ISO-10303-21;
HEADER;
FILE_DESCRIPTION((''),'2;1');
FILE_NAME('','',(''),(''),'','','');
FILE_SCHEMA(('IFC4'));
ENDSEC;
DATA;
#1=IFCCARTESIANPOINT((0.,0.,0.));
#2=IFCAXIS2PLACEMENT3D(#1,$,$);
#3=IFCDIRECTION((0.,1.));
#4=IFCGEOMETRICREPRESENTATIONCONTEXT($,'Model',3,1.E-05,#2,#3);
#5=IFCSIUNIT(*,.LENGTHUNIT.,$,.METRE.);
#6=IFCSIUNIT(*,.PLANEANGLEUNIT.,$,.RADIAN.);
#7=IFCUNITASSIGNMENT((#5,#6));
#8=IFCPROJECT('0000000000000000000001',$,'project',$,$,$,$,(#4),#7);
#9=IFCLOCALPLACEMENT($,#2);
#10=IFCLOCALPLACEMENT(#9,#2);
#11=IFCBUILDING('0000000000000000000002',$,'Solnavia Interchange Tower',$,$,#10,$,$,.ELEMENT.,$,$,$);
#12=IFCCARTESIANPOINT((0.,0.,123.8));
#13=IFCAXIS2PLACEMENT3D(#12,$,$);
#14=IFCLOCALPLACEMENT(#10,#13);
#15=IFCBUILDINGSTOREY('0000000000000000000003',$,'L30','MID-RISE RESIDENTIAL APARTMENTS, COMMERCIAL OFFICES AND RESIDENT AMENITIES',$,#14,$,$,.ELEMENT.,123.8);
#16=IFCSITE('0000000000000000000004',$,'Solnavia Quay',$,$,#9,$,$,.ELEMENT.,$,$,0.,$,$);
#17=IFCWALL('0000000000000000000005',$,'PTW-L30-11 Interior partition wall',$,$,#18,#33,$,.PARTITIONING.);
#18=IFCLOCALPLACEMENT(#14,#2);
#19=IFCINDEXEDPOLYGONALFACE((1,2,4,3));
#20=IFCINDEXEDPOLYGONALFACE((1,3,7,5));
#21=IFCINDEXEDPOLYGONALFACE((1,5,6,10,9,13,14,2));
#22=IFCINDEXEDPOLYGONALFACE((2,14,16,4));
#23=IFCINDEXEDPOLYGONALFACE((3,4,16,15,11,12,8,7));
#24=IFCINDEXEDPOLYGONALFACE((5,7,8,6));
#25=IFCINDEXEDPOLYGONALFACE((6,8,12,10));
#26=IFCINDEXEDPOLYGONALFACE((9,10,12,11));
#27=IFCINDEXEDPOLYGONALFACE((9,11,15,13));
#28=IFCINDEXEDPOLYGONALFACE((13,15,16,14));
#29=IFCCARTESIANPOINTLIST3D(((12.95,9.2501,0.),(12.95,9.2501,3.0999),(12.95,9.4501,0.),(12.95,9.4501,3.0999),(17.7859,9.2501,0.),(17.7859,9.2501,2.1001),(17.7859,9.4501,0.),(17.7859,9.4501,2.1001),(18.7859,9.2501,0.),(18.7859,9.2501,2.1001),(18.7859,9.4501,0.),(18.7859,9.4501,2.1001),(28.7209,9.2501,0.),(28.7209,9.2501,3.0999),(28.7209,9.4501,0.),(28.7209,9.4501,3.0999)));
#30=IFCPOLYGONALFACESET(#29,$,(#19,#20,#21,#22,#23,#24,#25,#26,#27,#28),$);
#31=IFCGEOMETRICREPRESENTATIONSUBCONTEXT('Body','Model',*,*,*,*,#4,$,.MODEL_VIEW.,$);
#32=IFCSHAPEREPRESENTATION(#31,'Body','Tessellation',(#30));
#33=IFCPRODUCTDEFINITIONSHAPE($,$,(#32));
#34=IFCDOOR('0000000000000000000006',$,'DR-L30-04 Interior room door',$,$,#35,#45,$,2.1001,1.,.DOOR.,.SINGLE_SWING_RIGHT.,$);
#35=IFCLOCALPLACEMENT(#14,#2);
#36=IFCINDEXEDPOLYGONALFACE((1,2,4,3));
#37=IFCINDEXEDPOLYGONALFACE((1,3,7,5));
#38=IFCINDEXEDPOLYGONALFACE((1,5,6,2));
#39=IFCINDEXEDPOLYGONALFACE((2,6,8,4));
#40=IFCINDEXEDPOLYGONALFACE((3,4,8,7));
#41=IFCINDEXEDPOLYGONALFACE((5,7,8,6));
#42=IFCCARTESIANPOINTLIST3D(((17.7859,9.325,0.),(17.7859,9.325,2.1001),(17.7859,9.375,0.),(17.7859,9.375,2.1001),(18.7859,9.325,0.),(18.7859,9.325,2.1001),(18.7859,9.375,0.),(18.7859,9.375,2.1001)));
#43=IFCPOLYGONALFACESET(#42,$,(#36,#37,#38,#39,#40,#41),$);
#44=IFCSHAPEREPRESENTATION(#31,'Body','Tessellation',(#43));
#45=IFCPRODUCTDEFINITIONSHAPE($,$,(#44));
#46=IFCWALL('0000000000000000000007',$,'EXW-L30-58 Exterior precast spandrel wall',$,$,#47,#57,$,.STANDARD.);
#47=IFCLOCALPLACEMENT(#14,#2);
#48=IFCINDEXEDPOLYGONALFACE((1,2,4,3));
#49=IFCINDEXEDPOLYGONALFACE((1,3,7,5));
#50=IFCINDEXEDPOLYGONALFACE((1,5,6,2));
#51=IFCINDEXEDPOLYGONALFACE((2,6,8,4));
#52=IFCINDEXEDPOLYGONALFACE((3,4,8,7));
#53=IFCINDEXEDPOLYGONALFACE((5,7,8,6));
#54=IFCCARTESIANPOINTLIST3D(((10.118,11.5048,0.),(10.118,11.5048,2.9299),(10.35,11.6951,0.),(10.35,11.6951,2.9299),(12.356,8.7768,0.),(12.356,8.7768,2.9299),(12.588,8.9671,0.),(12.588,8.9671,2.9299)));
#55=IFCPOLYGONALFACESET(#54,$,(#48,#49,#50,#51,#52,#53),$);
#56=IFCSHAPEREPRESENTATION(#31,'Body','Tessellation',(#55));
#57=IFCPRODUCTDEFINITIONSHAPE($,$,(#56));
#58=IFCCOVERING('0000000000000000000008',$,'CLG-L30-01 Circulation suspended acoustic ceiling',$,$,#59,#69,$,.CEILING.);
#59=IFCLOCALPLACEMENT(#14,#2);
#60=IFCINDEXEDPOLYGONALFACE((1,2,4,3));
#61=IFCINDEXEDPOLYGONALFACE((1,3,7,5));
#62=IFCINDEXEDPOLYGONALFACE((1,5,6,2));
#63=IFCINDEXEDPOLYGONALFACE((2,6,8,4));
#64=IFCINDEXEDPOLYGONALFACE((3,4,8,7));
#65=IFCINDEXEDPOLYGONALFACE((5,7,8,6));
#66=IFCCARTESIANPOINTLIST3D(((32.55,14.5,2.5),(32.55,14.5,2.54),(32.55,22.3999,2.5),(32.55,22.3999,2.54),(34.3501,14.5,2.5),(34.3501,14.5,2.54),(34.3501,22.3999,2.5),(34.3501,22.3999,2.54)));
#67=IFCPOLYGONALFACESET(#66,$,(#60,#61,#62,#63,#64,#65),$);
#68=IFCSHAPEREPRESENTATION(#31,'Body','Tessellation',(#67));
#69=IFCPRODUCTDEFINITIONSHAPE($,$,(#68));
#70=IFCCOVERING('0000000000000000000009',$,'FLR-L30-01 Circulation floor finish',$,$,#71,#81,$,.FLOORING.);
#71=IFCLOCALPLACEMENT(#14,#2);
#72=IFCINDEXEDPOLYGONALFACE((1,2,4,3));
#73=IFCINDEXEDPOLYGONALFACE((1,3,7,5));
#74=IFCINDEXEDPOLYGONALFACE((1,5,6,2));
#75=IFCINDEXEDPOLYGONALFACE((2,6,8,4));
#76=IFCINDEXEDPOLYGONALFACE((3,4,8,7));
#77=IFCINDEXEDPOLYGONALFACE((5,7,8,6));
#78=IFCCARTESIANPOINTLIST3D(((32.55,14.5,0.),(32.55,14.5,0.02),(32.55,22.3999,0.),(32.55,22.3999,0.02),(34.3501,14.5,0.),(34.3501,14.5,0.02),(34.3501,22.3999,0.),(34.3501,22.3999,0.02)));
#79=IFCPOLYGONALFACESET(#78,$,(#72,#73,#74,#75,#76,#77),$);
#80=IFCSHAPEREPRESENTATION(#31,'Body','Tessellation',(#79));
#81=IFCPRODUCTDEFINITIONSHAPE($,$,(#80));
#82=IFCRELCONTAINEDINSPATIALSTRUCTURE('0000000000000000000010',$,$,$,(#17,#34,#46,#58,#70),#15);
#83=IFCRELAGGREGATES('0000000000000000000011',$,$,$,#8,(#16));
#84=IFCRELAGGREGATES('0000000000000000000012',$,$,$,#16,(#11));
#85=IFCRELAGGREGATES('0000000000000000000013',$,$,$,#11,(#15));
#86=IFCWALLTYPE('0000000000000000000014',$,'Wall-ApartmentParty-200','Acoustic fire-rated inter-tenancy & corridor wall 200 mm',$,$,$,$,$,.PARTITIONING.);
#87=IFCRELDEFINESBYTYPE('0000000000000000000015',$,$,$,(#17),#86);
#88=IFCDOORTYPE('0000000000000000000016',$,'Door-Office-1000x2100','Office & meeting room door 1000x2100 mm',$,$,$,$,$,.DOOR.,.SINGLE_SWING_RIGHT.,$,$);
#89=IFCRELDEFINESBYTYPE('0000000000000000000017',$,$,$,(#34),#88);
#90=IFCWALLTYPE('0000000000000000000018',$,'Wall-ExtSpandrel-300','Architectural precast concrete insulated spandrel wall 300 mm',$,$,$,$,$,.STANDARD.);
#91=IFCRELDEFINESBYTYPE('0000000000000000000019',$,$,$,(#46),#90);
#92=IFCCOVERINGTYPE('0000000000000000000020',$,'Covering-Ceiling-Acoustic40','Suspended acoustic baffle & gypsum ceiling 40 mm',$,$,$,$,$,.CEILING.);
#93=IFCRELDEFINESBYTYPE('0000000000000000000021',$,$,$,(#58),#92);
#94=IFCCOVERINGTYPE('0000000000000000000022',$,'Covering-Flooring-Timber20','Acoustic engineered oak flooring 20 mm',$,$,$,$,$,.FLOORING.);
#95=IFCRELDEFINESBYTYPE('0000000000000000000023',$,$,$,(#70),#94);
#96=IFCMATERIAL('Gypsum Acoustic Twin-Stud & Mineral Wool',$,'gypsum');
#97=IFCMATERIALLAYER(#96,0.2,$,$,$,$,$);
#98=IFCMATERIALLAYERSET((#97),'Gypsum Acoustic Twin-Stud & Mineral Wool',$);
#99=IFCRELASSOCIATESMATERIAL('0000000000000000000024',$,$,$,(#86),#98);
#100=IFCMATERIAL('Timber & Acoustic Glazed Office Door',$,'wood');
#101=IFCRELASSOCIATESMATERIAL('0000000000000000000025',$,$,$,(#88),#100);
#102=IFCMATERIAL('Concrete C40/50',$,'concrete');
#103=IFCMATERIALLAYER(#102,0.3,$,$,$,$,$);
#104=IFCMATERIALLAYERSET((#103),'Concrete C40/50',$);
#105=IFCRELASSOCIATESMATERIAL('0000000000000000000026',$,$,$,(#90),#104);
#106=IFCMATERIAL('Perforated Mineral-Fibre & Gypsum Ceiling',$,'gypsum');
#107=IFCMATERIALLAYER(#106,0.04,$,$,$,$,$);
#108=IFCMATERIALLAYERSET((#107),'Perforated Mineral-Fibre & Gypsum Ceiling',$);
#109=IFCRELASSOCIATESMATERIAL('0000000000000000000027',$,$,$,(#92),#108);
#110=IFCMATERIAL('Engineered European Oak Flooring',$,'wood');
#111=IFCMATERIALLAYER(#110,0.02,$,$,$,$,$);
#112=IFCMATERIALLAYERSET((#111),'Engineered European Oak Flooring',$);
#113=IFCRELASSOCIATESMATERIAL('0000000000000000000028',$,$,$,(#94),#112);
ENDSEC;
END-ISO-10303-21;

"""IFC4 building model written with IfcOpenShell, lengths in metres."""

from ifc_helpers import new_model, si_unit, direction, frame, frame_2d, origin, place, context, subcontext, project, spatial, polyline, rectangle, outline, extrude, material, layer, layer_set, type_object, element, fill, save


model = new_model("IFC4")

# Units and contexts
model_context = context("Model", 3, precision=1e-05, world=origin(), true_north=direction((0.0, 1.0)))
body_context = subcontext(model_context, "Body", "Model", "MODEL_VIEW")
ifc_project = project(units=[si_unit("LENGTHUNIT", "METRE"), si_unit("PLANEANGLEUNIT", "RADIAN")], contexts=[model_context])

# Site, building, storey
site_placement = place(None, origin())
site = spatial("IfcSite", under=ifc_project, at=site_placement, Name="Solnavia Quay", CompositionType="ELEMENT", RefElevation=0.0)
building_placement = place(site_placement, origin())
building = spatial("IfcBuilding", under=site, at=building_placement, Name="Solnavia Interchange Tower", CompositionType="ELEMENT")
storey_placement = place(building_placement, frame((0.0, 0.0, 123.8)))
storey = spatial("IfcBuildingStorey", under=building, at=storey_placement, Name="L30", Description="MID-RISE RESIDENTIAL APARTMENTS, COMMERCIAL OFFICES AND RESIDENT AMENITIES", CompositionType="ELEMENT", Elevation=123.8)

# Shared definitions
ifc_material_1 = material(Name="Concrete C40/50", Category="concrete")

# Shared definitions
ifc_material_2 = material(Name="Gypsum Acoustic Twin-Stud & Mineral Wool", Category="gypsum")
ifc_layer_1 = layer(ifc_material_2, 0.2)
ifc_layer_set_1 = layer_set([ifc_layer_1], Name="Gypsum Acoustic Twin-Stud & Mineral Wool")
wall_type_1 = type_object("IfcWallType", Name="Wall-ApartmentParty-200", Description="Acoustic fire-rated inter-tenancy & corridor wall 200 mm", PredefinedType="PARTITIONING", material=ifc_layer_set_1)

# Wall, opening, door
ifc_material_3 = material(Name="Timber & Acoustic Glazed Office Door", Category="wood")
door_type = type_object("IfcDoorType", Name="Door-Office-1000x2100", Description="Office & meeting room door 1000x2100 mm", OperationType="SINGLE_SWING_RIGHT", PredefinedType="DOOR", material=ifc_material_3)
wall_1_placement = place(storey_placement, frame((12.95, 9.3501, 0.0), z_axis=(0.0, 0.0, 1.0), x_axis=(1.0, 0.0, 0.0)))
wall_1 = element("IfcWall", 1, at=wall_1_placement, inside=storey, type_object=wall_type_1, Name="PTW-L30-11 Interior partition wall", PredefinedType="PARTITIONING", context=body_context, shape_type="SweptSolid", body=[
    extrude(rectangle(XDim=15.771, YDim=0.2, at=frame_2d((7.8855, 0.0))), origin(), (0.0, 0.0, 1.0), 3.0999),
])
opening_1_placement = place(wall_1_placement, frame((4.8359, 0.0, 0.0)))
opening_1 = element("IfcOpeningElement", 2, at=opening_1_placement, cuts=wall_1, PredefinedType="OPENING", context=body_context, shape_type="SweptSolid", body=[
    extrude(rectangle(XDim=1.0, YDim=2.1001, at=frame_2d((0.5, 1.05))), frame((0.0, 0.1099, 0.0), z_axis=(0.0, -1.0, 0.0), x_axis=(1.0, 0.0, 0.0)), (0.0, 0.0, 1.0), 0.22),
])
door_1_placement = place(opening_1_placement, origin())
door_1 = element("IfcDoor", 3, at=door_1_placement, inside=storey, type_object=door_type, Name="DR-L30-04 Interior room door", OperationType="SINGLE_SWING_RIGHT", OverallHeight=2.1001, OverallWidth=1.0, PredefinedType="DOOR", context=body_context, shape_type="SweptSolid", body=[
    extrude(rectangle(XDim=1.0, YDim=2.1001, at=frame_2d((0.5, 1.05))), frame((0.0, 0.0249, 0.0), z_axis=(0.0, -1.0, 0.0), x_axis=(1.0, 0.0, 0.0)), (0.0, 0.0, 1.0), 0.05),
])
fill(opening_1, door_1)

# Wall
ifc_layer_2 = layer(ifc_material_1, 0.3)
ifc_layer_set_2 = layer_set([ifc_layer_2], Name="Concrete C40/50")
wall_type_2 = type_object("IfcWallType", Name="Wall-ExtSpandrel-300", Description="Architectural precast concrete insulated spandrel wall 300 mm", PredefinedType="STANDARD", material=ifc_layer_set_2)
wall_2_placement = place(storey_placement, frame((12.4719, 8.8721, 0.0), z_axis=(0.0, 0.0, 1.0), x_axis=(-0.634258, 0.773121, 0.0)))
element("IfcWall", 4, at=wall_2_placement, inside=storey, type_object=wall_type_2, Name="EXW-L30-58 Exterior precast spandrel wall", PredefinedType="STANDARD", context=body_context, shape_type="SweptSolid", body=[
    extrude(rectangle(XDim=3.5286, YDim=0.3, at=frame_2d((1.7642, 0.0))), origin(), (0.0, 0.0, 1.0), 2.9299),
])

# Coverings
ifc_material_4 = material(Name="Perforated Mineral-Fibre & Gypsum Ceiling", Category="gypsum")
ifc_layer_3 = layer(ifc_material_4, 0.04)
ifc_layer_set_3 = layer_set([ifc_layer_3], Name="Perforated Mineral-Fibre & Gypsum Ceiling")
covering_type_1 = type_object("IfcCoveringType", Name="Covering-Ceiling-Acoustic40", Description="Suspended acoustic baffle & gypsum ceiling 40 mm", PredefinedType="CEILING", material=ifc_layer_set_3)
covering_1_placement = place(storey_placement, frame((0.0, 0.0, 2.5)))
element("IfcCovering", 5, at=covering_1_placement, inside=storey, type_object=covering_type_1, Name="CLG-L30-01 Circulation suspended acoustic ceiling", PredefinedType="CEILING", context=body_context, shape_type="SweptSolid", body=[
    extrude(outline(polyline([(32.55, 14.5), (34.3501, 14.5), (34.3501, 22.3999), (32.55, 22.3999), (32.55, 14.5)])), origin(), (0.0, 0.0, 1.0), 0.04),
])
ifc_material_5 = material(Name="Engineered European Oak Flooring", Category="wood")
ifc_layer_4 = layer(ifc_material_5, 0.02)
ifc_layer_set_4 = layer_set([ifc_layer_4], Name="Engineered European Oak Flooring")
covering_type_2 = type_object("IfcCoveringType", Name="Covering-Flooring-Timber20", Description="Acoustic engineered oak flooring 20 mm", PredefinedType="FLOORING", material=ifc_layer_set_4)
covering_2_placement = place(storey_placement, origin())
element("IfcCovering", 6, at=covering_2_placement, inside=storey, type_object=covering_type_2, Name="FLR-L30-01 Circulation floor finish", PredefinedType="FLOORING", context=body_context, shape_type="SweptSolid", body=[
    extrude(outline(polyline([(32.55, 14.5), (34.3501, 14.5), (34.3501, 22.3999), (32.55, 22.3999), (32.55, 14.5)])), origin(), (0.0, 0.0, 1.0), 0.02),
])

save(model, "model.ifc")
